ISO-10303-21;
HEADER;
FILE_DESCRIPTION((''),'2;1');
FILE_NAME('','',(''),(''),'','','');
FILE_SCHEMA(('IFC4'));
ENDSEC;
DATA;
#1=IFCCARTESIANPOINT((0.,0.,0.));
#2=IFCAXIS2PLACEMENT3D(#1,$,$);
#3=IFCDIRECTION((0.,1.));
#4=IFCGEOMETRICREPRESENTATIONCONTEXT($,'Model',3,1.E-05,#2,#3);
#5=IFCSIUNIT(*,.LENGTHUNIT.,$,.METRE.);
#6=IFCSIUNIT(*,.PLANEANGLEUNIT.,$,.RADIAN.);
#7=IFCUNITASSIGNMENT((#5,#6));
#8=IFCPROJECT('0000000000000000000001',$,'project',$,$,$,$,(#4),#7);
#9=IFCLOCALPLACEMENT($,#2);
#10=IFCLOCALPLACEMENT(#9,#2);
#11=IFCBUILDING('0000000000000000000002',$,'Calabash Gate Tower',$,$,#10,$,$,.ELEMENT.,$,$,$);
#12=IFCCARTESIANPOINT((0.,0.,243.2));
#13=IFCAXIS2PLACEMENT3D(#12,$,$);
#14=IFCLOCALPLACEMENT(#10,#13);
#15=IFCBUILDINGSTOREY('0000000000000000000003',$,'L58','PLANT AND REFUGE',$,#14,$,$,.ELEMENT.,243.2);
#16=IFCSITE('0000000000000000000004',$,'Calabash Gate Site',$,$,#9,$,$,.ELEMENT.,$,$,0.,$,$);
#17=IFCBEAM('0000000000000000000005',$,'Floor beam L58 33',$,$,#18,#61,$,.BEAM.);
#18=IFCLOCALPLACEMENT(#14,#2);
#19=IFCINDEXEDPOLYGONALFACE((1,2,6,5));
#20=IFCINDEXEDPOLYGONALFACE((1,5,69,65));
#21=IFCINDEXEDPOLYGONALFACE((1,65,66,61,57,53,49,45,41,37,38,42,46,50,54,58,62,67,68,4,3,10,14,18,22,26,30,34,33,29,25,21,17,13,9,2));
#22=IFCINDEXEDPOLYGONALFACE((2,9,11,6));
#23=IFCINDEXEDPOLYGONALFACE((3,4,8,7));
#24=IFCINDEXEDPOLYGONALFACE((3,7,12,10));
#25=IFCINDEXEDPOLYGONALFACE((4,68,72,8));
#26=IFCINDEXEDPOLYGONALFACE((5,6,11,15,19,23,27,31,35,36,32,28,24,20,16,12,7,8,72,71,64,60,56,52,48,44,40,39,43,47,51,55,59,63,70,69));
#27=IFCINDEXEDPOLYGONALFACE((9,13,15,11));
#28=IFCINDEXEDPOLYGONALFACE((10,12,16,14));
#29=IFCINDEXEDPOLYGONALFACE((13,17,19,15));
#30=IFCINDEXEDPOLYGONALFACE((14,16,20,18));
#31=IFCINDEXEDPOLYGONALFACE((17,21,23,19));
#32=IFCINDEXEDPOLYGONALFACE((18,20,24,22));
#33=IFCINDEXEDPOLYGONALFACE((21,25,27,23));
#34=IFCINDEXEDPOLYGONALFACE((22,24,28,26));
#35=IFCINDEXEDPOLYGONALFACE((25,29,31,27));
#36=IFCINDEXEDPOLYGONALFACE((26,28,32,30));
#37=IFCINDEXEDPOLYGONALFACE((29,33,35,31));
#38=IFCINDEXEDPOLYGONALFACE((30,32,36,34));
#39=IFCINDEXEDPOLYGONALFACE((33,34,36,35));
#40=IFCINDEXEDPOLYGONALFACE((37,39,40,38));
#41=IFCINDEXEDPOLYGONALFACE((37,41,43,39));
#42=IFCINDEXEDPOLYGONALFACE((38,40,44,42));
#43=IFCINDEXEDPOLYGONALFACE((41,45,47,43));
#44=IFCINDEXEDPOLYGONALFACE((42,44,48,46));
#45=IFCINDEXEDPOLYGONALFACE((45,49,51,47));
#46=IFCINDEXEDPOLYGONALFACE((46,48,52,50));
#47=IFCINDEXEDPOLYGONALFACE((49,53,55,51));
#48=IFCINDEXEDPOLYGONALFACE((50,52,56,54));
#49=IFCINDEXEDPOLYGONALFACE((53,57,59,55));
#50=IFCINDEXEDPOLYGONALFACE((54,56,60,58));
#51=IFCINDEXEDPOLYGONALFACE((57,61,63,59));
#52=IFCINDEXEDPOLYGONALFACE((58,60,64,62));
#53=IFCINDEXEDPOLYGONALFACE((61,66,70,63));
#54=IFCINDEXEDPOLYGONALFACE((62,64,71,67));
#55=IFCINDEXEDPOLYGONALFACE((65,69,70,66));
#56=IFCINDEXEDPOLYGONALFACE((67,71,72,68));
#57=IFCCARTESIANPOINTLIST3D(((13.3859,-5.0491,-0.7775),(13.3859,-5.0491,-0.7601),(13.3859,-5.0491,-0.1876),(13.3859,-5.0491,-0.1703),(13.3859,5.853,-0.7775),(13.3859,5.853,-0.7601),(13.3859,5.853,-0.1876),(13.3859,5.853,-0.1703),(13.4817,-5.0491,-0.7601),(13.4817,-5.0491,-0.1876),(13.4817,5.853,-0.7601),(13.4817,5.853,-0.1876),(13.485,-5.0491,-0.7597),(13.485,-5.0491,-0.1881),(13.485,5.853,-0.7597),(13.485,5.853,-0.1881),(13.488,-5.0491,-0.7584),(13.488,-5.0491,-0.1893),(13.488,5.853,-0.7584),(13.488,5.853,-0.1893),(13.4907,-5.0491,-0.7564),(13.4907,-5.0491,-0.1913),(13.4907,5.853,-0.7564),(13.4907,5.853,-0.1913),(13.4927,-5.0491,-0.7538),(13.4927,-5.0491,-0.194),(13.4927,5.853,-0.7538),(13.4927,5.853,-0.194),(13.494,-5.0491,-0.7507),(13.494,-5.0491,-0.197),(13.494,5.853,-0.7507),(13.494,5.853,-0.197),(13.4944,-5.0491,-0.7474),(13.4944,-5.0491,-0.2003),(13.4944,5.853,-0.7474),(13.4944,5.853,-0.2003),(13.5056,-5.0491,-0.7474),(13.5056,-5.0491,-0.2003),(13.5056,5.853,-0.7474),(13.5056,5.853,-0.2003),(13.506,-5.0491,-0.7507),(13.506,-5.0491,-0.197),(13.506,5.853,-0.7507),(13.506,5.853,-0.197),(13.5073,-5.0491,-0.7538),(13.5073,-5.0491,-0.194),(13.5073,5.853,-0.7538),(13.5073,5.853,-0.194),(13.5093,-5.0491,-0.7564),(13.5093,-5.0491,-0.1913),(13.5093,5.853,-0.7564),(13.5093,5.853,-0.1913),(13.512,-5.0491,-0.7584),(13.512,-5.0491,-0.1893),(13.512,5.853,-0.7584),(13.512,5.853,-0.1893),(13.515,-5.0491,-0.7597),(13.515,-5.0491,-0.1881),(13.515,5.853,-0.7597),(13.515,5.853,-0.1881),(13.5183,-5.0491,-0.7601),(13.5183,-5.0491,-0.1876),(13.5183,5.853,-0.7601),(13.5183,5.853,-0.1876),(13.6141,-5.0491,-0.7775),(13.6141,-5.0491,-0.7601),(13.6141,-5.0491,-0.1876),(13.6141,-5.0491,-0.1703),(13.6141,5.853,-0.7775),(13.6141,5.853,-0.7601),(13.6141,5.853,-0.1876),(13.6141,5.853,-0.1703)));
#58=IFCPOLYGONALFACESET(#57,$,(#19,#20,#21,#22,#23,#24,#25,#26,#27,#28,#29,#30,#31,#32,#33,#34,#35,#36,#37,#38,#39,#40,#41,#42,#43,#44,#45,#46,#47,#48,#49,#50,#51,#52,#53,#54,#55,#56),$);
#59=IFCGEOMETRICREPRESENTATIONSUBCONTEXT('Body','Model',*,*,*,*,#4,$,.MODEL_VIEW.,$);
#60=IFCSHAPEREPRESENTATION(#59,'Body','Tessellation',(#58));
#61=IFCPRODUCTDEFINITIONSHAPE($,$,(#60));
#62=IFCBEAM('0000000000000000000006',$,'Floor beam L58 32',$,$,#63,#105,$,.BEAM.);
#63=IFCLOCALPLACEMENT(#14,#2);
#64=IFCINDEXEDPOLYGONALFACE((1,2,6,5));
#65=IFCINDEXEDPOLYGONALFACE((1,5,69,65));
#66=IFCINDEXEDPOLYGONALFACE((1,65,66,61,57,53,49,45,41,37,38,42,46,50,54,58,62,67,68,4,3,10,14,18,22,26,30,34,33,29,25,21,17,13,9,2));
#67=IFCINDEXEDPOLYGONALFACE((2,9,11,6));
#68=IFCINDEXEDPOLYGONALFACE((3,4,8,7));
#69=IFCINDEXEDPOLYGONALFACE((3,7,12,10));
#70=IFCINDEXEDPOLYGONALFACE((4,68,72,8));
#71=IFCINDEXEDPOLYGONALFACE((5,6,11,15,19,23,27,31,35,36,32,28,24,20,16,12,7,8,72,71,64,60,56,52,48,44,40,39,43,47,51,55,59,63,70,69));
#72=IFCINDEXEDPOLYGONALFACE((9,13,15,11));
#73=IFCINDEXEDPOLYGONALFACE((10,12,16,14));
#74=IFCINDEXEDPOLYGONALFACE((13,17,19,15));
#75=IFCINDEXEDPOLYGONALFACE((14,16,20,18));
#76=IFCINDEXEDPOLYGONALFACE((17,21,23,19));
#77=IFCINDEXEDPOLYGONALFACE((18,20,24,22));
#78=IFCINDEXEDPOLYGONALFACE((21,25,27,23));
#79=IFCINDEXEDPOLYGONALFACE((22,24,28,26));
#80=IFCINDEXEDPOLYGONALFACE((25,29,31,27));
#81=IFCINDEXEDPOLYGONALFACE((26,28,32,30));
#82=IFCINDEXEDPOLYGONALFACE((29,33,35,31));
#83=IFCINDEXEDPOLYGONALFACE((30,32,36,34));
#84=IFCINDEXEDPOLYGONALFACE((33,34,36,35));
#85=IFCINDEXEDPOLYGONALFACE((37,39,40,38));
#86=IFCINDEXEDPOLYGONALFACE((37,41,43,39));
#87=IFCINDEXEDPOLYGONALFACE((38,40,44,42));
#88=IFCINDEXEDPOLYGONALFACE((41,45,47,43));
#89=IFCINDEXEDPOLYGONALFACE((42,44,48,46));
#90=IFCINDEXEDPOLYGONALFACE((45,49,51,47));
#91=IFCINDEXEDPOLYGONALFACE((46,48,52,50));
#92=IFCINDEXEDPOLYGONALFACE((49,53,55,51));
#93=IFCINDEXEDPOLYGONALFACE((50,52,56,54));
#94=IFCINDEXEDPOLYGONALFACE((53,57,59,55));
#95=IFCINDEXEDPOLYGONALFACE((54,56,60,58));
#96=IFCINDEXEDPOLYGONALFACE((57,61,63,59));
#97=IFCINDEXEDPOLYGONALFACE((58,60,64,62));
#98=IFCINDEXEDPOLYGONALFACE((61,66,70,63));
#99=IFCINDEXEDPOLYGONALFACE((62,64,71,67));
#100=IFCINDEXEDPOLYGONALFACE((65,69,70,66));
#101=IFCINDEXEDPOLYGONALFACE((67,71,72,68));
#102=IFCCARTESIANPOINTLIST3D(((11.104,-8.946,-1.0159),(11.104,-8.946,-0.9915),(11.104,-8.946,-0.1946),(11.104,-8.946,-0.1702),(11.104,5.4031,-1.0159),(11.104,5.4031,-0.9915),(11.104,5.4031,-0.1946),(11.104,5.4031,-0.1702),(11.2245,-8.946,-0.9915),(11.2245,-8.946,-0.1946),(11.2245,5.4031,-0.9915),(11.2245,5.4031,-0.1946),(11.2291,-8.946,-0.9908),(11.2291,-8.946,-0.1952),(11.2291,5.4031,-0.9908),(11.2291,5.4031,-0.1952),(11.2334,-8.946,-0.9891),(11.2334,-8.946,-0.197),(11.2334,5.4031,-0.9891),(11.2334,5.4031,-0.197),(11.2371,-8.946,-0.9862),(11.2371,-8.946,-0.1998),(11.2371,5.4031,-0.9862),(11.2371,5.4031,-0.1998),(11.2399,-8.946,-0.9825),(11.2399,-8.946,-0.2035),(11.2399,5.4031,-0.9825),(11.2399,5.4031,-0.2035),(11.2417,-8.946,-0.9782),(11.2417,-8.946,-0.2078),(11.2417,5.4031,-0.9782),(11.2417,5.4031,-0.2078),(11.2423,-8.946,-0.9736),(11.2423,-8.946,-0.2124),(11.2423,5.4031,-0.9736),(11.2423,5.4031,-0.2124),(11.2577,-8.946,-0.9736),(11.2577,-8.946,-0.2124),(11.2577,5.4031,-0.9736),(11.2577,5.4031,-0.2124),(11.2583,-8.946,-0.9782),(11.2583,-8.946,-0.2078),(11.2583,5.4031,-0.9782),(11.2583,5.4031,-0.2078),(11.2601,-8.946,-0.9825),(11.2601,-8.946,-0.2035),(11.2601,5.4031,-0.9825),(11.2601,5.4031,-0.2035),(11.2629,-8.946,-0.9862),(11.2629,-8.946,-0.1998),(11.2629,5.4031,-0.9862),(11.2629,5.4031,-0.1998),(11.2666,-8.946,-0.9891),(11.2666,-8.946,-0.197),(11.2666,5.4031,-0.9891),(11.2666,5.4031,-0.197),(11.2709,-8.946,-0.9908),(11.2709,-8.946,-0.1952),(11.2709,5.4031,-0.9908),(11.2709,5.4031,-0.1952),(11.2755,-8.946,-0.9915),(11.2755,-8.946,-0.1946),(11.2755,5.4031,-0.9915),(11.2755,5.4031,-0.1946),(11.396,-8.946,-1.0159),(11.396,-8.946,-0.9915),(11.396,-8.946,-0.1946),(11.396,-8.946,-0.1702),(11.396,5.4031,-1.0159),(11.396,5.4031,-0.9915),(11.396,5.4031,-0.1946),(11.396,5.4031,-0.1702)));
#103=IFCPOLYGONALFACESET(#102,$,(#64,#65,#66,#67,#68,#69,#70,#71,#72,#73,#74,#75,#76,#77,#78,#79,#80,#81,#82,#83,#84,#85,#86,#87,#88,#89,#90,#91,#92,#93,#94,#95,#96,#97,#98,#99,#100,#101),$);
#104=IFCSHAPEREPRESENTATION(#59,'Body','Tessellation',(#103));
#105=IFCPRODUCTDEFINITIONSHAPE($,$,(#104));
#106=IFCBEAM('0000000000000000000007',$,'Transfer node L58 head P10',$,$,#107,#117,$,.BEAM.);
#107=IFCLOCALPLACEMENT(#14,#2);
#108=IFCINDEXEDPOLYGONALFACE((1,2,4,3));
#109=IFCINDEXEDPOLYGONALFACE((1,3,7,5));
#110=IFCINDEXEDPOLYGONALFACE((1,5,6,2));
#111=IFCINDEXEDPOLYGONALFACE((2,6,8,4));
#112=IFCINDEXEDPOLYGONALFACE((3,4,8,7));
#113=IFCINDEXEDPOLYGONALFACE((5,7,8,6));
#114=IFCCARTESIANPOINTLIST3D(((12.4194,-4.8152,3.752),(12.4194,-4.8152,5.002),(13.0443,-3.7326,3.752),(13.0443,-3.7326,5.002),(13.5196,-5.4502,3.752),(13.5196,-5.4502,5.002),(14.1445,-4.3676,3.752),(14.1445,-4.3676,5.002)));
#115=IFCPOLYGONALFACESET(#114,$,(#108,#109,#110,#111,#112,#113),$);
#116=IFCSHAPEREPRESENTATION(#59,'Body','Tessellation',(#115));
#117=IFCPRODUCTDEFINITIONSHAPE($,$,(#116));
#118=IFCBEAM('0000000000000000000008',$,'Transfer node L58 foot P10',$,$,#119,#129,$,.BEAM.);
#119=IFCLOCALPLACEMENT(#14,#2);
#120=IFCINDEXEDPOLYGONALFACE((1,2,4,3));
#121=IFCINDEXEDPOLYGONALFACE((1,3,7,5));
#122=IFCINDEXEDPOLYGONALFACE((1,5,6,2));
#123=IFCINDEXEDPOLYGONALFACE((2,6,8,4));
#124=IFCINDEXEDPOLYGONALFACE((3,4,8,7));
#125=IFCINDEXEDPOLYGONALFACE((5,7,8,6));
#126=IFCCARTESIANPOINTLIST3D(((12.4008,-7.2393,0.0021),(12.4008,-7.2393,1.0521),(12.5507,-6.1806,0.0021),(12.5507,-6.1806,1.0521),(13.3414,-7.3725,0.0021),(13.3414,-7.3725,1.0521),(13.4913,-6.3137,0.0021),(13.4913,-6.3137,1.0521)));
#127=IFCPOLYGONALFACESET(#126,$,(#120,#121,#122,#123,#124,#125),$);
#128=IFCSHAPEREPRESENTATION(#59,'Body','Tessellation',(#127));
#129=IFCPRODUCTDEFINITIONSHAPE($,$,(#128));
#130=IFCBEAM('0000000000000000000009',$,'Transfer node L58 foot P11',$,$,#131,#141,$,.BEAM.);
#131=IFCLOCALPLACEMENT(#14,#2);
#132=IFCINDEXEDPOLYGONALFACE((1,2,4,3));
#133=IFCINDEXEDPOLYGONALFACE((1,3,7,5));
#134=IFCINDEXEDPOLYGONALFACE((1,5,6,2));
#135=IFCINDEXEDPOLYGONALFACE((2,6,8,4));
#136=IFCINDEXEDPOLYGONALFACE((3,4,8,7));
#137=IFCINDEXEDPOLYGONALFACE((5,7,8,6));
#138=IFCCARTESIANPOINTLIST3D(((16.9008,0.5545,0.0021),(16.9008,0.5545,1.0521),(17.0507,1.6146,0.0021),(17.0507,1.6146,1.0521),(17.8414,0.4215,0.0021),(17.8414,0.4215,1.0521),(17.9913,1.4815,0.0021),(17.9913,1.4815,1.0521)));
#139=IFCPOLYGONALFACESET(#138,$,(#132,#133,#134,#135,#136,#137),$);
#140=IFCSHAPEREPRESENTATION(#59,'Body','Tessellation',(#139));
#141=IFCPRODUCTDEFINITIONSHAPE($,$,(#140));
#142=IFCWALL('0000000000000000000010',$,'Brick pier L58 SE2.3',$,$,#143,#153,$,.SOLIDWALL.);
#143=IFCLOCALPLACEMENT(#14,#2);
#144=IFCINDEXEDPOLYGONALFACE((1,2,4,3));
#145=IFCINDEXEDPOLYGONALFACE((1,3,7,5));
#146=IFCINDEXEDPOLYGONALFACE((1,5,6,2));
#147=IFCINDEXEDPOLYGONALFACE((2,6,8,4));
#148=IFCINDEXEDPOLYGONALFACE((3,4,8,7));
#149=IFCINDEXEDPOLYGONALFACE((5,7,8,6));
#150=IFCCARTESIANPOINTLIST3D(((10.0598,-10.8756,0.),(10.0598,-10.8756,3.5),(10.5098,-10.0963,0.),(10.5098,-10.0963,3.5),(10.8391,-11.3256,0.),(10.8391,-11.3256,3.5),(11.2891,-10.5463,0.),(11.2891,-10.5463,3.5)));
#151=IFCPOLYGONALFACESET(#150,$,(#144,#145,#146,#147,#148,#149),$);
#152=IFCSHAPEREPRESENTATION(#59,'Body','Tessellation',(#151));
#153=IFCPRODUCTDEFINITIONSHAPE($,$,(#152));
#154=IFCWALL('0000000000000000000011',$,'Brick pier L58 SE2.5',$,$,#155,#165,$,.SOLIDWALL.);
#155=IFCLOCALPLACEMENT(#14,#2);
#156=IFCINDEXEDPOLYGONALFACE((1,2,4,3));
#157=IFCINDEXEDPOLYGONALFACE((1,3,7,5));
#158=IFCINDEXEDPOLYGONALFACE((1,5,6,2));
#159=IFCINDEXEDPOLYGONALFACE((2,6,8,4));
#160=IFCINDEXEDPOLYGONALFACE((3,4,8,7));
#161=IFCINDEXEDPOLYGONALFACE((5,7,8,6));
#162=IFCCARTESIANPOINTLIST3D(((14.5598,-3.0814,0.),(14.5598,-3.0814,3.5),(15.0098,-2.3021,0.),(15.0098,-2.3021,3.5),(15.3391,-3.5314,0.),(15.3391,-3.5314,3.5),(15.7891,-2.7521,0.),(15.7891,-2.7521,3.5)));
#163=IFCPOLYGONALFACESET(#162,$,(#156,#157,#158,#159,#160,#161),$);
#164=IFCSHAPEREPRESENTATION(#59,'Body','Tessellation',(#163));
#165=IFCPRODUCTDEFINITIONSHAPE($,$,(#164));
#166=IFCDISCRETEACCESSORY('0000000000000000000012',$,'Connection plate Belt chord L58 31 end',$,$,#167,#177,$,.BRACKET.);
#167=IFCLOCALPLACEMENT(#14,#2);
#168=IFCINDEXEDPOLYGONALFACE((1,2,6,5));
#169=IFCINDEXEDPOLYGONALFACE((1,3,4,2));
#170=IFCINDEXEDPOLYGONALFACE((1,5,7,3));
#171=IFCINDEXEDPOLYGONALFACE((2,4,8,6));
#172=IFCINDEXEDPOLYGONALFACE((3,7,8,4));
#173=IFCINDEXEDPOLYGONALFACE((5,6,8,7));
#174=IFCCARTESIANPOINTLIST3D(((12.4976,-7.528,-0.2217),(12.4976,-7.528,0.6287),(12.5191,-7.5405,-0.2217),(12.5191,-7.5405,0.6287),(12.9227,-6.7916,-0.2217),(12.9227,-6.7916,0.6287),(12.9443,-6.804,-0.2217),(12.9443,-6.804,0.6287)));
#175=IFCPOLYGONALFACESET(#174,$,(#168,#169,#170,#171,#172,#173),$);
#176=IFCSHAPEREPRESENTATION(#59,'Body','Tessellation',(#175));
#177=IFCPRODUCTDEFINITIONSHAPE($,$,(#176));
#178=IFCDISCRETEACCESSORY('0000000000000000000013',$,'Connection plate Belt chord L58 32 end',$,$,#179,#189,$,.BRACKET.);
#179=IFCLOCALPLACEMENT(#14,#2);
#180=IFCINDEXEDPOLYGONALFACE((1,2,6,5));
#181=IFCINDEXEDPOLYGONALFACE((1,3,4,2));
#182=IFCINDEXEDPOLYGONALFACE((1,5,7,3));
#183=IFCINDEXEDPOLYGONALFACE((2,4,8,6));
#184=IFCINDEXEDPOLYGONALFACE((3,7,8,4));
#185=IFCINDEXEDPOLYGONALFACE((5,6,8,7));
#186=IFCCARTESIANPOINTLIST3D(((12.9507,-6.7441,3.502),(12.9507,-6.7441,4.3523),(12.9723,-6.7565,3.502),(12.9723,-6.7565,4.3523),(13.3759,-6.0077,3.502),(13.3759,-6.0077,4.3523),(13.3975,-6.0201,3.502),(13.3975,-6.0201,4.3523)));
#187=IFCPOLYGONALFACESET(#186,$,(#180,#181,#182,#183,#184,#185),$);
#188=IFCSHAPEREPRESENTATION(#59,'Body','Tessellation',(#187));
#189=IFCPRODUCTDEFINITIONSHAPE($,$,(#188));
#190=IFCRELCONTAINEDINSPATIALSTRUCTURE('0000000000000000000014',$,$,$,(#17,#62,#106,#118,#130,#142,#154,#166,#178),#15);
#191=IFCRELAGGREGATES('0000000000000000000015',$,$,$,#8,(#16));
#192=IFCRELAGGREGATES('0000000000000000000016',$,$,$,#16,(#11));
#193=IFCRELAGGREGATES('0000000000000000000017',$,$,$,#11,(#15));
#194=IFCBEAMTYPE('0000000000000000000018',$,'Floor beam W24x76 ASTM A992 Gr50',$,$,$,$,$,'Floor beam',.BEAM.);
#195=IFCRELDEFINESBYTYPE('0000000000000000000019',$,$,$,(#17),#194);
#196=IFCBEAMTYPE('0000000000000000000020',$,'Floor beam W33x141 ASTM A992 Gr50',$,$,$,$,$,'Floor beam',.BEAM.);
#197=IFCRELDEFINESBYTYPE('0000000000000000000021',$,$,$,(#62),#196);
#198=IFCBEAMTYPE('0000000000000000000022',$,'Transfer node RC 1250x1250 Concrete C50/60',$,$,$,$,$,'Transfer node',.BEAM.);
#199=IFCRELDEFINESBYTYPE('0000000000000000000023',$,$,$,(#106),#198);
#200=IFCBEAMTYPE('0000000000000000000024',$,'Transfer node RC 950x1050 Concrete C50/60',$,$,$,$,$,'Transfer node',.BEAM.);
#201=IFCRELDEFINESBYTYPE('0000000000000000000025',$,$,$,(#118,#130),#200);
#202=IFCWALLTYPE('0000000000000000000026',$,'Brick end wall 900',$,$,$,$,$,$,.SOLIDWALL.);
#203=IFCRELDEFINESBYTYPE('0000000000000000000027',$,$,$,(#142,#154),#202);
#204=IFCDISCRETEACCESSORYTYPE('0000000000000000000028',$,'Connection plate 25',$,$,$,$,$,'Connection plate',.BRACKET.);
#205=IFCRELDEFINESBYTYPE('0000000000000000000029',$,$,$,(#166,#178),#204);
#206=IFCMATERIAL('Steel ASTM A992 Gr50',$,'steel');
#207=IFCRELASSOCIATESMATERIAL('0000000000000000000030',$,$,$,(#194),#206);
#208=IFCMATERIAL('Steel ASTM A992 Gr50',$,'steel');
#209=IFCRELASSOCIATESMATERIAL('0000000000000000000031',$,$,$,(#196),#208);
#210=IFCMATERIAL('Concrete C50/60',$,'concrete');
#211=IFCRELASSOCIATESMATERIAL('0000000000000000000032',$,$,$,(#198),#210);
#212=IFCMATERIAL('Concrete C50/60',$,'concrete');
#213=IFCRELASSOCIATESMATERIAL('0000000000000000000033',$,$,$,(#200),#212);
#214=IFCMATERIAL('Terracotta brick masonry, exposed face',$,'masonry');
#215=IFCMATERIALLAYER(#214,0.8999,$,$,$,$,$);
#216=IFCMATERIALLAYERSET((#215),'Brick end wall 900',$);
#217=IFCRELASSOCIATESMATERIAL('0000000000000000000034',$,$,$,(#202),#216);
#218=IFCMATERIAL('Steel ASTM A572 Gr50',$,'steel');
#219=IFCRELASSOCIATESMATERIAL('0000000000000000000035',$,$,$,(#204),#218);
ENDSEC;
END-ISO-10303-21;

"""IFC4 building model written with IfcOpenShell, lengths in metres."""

from ifc_helpers import new_model, si_unit, direction, frame, frame_2d, origin, origin_2d, place, context, subcontext, project, spatial, rectangle, i_section, extrude, material, layer, layer_set, material_profile, profile_set, type_object, element, save


model = new_model("IFC4")

# Units and contexts
model_context = context("Model", 3, precision=1e-05, world=origin(), true_north=direction((0.0, 1.0)))
body_context = subcontext(model_context, "Body", "Model", "MODEL_VIEW")
ifc_project = project(units=[si_unit("LENGTHUNIT", "METRE"), si_unit("PLANEANGLEUNIT", "RADIAN")], contexts=[model_context])

# Site, building, storey
site_placement = place(None, origin())
site = spatial("IfcSite", under=ifc_project, at=site_placement, Name="Calabash Gate Site", CompositionType="ELEMENT", RefElevation=0.0)
building_placement = place(site_placement, origin())
building = spatial("IfcBuilding", under=site, at=building_placement, Name="Calabash Gate Tower", CompositionType="ELEMENT")
storey_placement = place(building_placement, frame((0.0, 0.0, 243.2)))
storey = spatial("IfcBuildingStorey", under=building, at=storey_placement, Name="L58", Description="PLANT AND REFUGE", CompositionType="ELEMENT", Elevation=243.2)

# Beams
ifc_material_1 = material(Name="Steel ASTM A992 Gr50", Category="steel")
ifc_material_profile_1 = material_profile(ifc_material_1, i_section(OverallWidth=0.2283, OverallDepth=0.6072, WebThickness=0.0112, FlangeThickness=0.0173, FilletRadius=0.0127, at=origin_2d()))
ifc_profile_set_1 = profile_set([ifc_material_profile_1], Name="Steel ASTM A992 Gr50")
beam_type_1 = type_object("IfcBeamType", Name="Floor beam W24x76 ASTM A992 Gr50", ElementType="Floor beam", PredefinedType="BEAM", material=ifc_profile_set_1)
beam_1_placement = place(storey_placement, frame((13.5, -5.0491, -0.4739), z_axis=(0.0, 1.0, 0.0), x_axis=(-1.0, 0.0, 0.0)))
element("IfcBeam", 1, at=beam_1_placement, inside=storey, type_object=beam_type_1, Name="Floor beam L58 33", PredefinedType="BEAM", context=body_context, shape_type="SweptSolid", body=[
    extrude(i_section(OverallWidth=0.2283, OverallDepth=0.6072, WebThickness=0.0112, FlangeThickness=0.0173, FilletRadius=0.0127, at=origin_2d()), origin(), (0.0, 0.0, 1.0), 10.9021),
])
ifc_material_2 = material(Name="Steel ASTM A992 Gr50", Category="steel")
ifc_material_profile_2 = material_profile(ifc_material_2, i_section(OverallWidth=0.292, OverallDepth=0.8457, WebThickness=0.0154, FlangeThickness=0.0244, FilletRadius=0.0178, at=origin_2d()))
ifc_profile_set_2 = profile_set([ifc_material_profile_2], Name="Steel ASTM A992 Gr50")
beam_type_2 = type_object("IfcBeamType", Name="Floor beam W33x141 ASTM A992 Gr50", ElementType="Floor beam", PredefinedType="BEAM", material=ifc_profile_set_2)
beam_2_placement = place(storey_placement, frame((11.25, -8.946, -0.593), z_axis=(0.0, 1.0, 0.0), x_axis=(-1.0, 0.0, 0.0)))
element("IfcBeam", 2, at=beam_2_placement, inside=storey, type_object=beam_type_2, Name="Floor beam L58 32", PredefinedType="BEAM", context=body_context, shape_type="SweptSolid", body=[
    extrude(i_section(OverallWidth=0.292, OverallDepth=0.8457, WebThickness=0.0154, FlangeThickness=0.0244, FilletRadius=0.0178, at=origin_2d()), origin(), (0.0, 0.0, 1.0), 14.3491),
])
ifc_material_3 = material(Name="Concrete C50/60", Category="concrete")
ifc_material_profile_3 = material_profile(ifc_material_3, rectangle(XDim=1.25, YDim=1.25, at=origin_2d()))
ifc_profile_set_3 = profile_set([ifc_material_profile_3], Name="Concrete C50/60")
beam_type_3 = type_object("IfcBeamType", Name="Transfer node RC 1250x1250 Concrete C50/60", ElementType="Transfer node", PredefinedType="BEAM", material=ifc_profile_set_3)
beam_3_placement = place(storey_placement, frame((13.832, -4.9089, 4.377), z_axis=(-0.86607, 0.499922, 0.0), x_axis=(-0.499922, -0.86607, 0.0)))
element("IfcBeam", 3, at=beam_3_placement, inside=storey, type_object=beam_type_3, Name="Transfer node L58 head P10", PredefinedType="BEAM", context=body_context, shape_type="SweptSolid", body=[
    extrude(rectangle(XDim=1.25, YDim=1.25, at=origin_2d()), origin(), (0.0, 0.0, 1.0), 1.2703),
])
ifc_material_4 = material(Name="Concrete C50/60", Category="concrete")
ifc_material_profile_4 = material_profile(ifc_material_4, rectangle(XDim=0.95, YDim=1.05, at=origin_2d()))
ifc_profile_set_4 = profile_set([ifc_material_profile_4], Name="Concrete C50/60")
beam_type_4 = type_object("IfcBeamType", Name="Transfer node RC 950x1050 Concrete C50/60", ElementType="Transfer node", PredefinedType="BEAM", material=ifc_profile_set_4)
beam_4_placement = place(storey_placement, frame((12.8711, -7.3059, 0.5271), z_axis=(0.140175, 0.990127, 0.0), x_axis=(-0.990127, 0.140175, 0.0)))
element("IfcBeam", 4, at=beam_4_placement, inside=storey, type_object=beam_type_4, Name="Transfer node L58 foot P10", PredefinedType="BEAM", context=body_context, shape_type="SweptSolid", body=[
    extrude(rectangle(XDim=0.95, YDim=1.05, at=origin_2d()), origin(), (0.0, 0.0, 1.0), 1.0693),
])
beam_5_placement = place(storey_placement, frame((17.3711, 0.488, 0.5271), z_axis=(0.140016, 0.990149, 0.0), x_axis=(-0.990149, 0.140016, 0.0)))
element("IfcBeam", 5, at=beam_5_placement, inside=storey, type_object=beam_type_4, Name="Transfer node L58 foot P11", PredefinedType="BEAM", context=body_context, shape_type="SweptSolid", body=[
    extrude(rectangle(XDim=0.95, YDim=1.05, at=origin_2d()), origin(), (0.0, 0.0, 1.0), 1.0706),
])

# Walls
ifc_material_5 = material(Name="Terracotta brick masonry, exposed face", Category="masonry")
ifc_layer = layer(ifc_material_5, 0.8999)
ifc_layer_set = layer_set([ifc_layer], Name="Brick end wall 900")
wall_type = type_object("IfcWallType", Name="Brick end wall 900", PredefinedType="SOLIDWALL", material=ifc_layer_set)
for number, where, z_axis, x_axis, name in (
    (6, (10.8994, -10.3213, 0.0), (0.0, 0.0, 1.0), (-0.50002, -0.866014, 0.0), "Brick pier L58 SE2.3"),
    (7, (14.9495, -3.3064, 0.0), (0.0, 0.0, 1.0), (0.50002, 0.866014, 0.0), "Brick pier L58 SE2.5"),
):
    element("IfcWall", number, at=place(storey_placement, frame(where, z_axis=z_axis, x_axis=x_axis)), inside=storey, type_object=wall_type, Name=name, PredefinedType="SOLIDWALL", context=body_context, shape_type="SweptSolid", body=[
        extrude(rectangle(XDim=0.8999, YDim=0.8999, at=frame_2d((0.45, 0.0))), origin(), (0.0, 0.0, 1.0), 3.5),
    ])

# Discrete accessories
ifc_material_6 = material(Name="Steel ASTM A572 Gr50", Category="steel")
discrete_accessory_type = type_object("IfcDiscreteAccessoryType", Name="Connection plate 25", ElementType="Connection plate", PredefinedType="BRACKET", material=ifc_material_6)
for number, where, z_axis, x_axis, name in (
    (8, (12.7209, -7.166, -0.2217), (0.0, 0.0, 1.0), (0.5, 0.866025, 0.0), "Connection plate Belt chord L58 31 end"),
    (9, (13.1741, -6.3821, 3.502), (0.0, 0.0, 1.0), (0.500027, 0.86601, 0.0), "Connection plate Belt chord L58 32 end"),
):
    element("IfcDiscreteAccessory", number, at=place(storey_placement, frame(where, z_axis=z_axis, x_axis=x_axis)), inside=storey, type_object=discrete_accessory_type, Name=name, PredefinedType="BRACKET", context=body_context, shape_type="SweptSolid", body=[
        extrude(rectangle(XDim=0.8503, YDim=0.0249, at=origin_2d()), origin(), (0.0, 0.0, 1.0), 0.8503),
    ])

save(model, "model.ifc")
